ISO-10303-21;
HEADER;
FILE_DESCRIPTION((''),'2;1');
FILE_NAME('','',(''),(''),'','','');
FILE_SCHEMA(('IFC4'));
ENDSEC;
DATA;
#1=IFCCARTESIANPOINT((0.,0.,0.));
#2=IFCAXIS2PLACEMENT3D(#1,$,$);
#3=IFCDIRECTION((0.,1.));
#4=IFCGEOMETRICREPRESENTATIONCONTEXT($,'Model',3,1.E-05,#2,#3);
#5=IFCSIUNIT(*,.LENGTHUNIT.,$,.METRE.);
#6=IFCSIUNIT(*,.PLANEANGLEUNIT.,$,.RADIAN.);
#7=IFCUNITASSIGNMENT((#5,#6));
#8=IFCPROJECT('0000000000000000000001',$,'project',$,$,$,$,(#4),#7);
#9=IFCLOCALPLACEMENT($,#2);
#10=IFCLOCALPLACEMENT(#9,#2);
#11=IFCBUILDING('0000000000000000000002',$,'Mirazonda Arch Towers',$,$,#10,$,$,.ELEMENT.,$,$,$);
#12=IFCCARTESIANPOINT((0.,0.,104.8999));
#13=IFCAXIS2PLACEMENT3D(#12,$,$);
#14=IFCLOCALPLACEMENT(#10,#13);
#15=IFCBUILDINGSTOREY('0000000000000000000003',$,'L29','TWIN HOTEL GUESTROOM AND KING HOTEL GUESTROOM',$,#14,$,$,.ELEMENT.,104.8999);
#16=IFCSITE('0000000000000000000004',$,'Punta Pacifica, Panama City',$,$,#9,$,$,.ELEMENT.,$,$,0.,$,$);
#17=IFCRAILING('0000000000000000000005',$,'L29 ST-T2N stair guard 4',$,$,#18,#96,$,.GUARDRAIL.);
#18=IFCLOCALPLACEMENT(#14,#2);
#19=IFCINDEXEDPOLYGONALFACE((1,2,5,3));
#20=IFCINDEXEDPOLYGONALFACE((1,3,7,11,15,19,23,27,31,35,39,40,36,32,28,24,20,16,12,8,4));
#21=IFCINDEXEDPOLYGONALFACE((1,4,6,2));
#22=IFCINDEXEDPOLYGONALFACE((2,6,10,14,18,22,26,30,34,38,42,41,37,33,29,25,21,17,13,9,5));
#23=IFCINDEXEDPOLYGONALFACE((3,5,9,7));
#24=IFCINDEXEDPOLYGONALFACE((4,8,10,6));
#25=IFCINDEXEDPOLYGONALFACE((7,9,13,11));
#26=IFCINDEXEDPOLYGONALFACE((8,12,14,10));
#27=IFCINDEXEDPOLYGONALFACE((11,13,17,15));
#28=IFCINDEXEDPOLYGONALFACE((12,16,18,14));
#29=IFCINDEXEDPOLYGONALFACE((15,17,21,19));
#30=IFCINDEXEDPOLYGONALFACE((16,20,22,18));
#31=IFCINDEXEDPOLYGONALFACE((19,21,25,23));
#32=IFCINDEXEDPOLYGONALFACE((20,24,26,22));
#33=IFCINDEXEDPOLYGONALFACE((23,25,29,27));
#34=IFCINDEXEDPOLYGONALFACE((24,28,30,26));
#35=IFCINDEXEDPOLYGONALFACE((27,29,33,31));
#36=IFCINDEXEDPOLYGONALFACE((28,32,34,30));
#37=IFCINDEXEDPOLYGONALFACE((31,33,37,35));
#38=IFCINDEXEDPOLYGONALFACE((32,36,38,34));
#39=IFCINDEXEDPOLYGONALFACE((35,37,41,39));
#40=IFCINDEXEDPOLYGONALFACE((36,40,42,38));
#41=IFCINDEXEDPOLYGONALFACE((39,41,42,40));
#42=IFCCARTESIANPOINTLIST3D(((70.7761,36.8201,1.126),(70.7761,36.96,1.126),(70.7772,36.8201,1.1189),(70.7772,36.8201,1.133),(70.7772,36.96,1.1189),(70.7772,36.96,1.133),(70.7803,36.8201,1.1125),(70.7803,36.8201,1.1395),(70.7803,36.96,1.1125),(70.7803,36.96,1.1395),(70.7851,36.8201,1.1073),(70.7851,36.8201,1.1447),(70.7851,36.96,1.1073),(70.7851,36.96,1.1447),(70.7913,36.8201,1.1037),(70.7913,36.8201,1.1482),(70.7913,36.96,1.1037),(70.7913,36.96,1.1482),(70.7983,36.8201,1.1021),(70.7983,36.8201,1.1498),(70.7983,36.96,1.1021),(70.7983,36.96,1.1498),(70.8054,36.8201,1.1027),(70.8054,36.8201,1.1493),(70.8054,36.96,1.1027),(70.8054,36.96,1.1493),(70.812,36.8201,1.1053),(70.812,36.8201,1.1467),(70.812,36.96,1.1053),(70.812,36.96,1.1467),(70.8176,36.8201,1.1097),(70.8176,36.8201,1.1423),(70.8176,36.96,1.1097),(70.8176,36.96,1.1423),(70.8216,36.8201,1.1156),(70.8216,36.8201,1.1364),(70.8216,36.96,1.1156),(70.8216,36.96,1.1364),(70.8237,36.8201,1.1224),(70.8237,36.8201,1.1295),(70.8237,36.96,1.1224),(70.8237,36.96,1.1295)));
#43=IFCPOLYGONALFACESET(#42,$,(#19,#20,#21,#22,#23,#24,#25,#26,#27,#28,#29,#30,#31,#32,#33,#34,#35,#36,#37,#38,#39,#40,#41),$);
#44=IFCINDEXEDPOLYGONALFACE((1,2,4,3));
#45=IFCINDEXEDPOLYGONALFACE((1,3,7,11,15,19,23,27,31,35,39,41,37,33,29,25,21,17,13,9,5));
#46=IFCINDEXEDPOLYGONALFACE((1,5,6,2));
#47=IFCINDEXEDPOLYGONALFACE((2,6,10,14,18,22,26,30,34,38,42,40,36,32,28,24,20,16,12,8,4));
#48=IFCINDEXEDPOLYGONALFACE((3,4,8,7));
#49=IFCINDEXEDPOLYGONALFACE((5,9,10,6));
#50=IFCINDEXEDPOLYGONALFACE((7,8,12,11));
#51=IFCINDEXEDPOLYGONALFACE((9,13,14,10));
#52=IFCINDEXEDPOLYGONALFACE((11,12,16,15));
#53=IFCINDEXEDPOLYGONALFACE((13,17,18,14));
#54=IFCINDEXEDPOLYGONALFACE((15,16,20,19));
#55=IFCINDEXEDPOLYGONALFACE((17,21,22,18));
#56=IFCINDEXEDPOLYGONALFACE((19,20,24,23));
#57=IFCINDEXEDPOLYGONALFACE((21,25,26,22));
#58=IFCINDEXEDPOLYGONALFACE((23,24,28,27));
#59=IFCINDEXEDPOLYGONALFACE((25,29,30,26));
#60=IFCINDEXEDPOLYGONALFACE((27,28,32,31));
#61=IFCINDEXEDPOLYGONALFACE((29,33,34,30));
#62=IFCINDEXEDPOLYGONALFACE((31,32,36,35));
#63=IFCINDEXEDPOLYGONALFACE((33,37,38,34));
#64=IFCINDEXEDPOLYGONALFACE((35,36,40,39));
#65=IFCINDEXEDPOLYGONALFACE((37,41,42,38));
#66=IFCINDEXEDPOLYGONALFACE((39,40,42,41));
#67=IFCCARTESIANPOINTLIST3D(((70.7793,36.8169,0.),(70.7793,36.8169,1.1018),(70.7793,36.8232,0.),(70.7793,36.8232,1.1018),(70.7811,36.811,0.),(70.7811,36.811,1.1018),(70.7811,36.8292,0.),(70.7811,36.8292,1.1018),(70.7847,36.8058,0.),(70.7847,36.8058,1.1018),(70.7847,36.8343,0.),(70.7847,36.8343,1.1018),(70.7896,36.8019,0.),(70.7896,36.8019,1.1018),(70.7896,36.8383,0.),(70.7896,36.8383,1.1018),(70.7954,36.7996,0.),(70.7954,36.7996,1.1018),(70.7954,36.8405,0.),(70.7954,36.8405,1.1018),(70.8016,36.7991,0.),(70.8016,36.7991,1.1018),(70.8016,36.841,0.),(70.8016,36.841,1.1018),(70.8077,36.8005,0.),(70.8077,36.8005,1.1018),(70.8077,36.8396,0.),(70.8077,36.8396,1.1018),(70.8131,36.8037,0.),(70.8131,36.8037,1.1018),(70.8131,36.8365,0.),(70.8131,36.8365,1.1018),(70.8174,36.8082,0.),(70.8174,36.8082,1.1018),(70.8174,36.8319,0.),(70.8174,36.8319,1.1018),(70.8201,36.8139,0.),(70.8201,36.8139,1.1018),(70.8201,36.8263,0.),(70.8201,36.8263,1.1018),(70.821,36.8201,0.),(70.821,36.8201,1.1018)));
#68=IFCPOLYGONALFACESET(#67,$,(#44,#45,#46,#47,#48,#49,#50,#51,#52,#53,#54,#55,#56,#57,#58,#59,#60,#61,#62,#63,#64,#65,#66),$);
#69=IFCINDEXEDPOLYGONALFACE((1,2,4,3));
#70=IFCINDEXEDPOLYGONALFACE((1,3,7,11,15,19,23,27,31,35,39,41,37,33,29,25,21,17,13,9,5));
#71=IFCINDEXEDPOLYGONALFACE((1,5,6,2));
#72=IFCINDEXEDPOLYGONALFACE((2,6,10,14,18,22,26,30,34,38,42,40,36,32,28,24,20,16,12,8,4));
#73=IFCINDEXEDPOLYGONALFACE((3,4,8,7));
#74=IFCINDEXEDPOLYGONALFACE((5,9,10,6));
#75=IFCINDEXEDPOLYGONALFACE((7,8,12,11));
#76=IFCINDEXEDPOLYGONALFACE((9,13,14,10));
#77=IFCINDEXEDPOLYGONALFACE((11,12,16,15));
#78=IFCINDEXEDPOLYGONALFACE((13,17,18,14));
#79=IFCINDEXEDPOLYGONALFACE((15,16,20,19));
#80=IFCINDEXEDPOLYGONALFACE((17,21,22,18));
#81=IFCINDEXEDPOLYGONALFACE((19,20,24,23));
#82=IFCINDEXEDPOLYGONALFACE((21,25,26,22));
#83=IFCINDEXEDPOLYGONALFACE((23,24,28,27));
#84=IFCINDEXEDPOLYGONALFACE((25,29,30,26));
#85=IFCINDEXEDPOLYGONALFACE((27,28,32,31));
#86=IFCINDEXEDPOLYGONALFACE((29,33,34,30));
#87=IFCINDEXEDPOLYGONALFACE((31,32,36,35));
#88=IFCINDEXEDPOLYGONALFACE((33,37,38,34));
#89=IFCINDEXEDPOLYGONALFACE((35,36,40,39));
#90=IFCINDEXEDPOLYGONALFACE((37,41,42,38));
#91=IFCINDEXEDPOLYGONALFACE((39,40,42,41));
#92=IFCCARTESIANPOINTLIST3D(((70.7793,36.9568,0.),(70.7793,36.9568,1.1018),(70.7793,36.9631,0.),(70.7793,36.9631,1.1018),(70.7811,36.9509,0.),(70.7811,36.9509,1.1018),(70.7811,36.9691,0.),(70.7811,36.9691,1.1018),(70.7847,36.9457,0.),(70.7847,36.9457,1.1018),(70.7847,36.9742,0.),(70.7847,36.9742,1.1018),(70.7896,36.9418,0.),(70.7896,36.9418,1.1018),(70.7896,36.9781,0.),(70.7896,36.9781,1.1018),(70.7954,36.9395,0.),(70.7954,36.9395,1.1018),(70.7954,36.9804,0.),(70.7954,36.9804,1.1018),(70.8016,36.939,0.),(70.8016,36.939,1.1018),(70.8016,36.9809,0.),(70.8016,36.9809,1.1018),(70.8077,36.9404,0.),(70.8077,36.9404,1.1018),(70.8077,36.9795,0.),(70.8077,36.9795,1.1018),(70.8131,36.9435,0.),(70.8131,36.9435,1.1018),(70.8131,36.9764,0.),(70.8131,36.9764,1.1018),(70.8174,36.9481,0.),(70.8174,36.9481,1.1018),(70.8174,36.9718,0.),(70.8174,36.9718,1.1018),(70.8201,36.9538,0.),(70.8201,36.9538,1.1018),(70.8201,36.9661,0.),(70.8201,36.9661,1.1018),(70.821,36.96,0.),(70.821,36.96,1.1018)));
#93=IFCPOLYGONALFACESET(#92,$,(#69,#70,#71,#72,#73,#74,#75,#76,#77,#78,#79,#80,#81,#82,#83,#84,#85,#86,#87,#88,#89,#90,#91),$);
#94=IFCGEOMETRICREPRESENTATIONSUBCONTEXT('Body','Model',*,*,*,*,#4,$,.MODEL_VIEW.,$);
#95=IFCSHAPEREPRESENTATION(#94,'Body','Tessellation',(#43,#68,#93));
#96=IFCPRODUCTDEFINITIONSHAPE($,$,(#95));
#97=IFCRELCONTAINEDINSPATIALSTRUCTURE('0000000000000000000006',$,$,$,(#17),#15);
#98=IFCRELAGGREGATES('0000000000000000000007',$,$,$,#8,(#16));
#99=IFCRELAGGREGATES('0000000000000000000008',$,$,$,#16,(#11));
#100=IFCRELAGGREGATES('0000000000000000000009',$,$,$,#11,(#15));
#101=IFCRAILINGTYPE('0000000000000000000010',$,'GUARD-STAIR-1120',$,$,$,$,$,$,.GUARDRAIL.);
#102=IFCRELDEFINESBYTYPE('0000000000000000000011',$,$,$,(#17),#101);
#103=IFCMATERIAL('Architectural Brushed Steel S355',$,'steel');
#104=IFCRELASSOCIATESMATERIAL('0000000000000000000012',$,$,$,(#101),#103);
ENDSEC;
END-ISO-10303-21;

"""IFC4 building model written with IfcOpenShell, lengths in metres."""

from ifc_helpers import new_model, si_unit, direction, frame, origin, origin_2d, place, context, subcontext, project, spatial, circle, extrude, material, type_object, element, save


model = new_model("IFC4")

# Units and contexts
model_context = context("Model", 3, precision=1e-05, world=origin(), true_north=direction((0.0, 1.0)))
body_context = subcontext(model_context, "Body", "Model", "MODEL_VIEW")
ifc_project = project(units=[si_unit("LENGTHUNIT", "METRE"), si_unit("PLANEANGLEUNIT", "RADIAN")], contexts=[model_context])

# Site, building, storey
site_placement = place(None, origin())
site = spatial("IfcSite", under=ifc_project, at=site_placement, Name="Punta Pacifica, Panama City", CompositionType="ELEMENT", RefElevation=0.0)
building_placement = place(site_placement, origin())
building = spatial("IfcBuilding", under=site, at=building_placement, Name="Mirazonda Arch Towers", CompositionType="ELEMENT")
storey_placement = place(building_placement, frame((0.0, 0.0, 104.8999)))
storey = spatial("IfcBuildingStorey", under=building, at=storey_placement, Name="L29", Description="TWIN HOTEL GUESTROOM AND KING HOTEL GUESTROOM", CompositionType="ELEMENT", Elevation=104.8999)

# Railing
ifc_material_1 = material(Name="Architectural Brushed Steel S355", Category="steel")
railing_type = type_object("IfcRailingType", Name="GUARD-STAIR-1120", PredefinedType="GUARDRAIL", material=ifc_material_1)
railing_1_placement = place(storey_placement, frame((70.8, 36.8201, 0.0)))
element("IfcRailing", 1, at=railing_1_placement, inside=storey, type_object=railing_type, Name="L29 ST-T2N stair guard 4", PredefinedType="GUARDRAIL", context=body_context, shape_type="SweptSolid", body=[
    extrude(circle(Radius=0.0239, at=origin_2d()), frame((0.0, 0.0, 1.126), z_axis=(0.0, 1.0, 0.0), x_axis=(-1.0, 0.0, 0.0)), (0.0, 0.0, 1.0), 0.1399),
    extrude(circle(Radius=0.021, at=origin_2d()), origin(), (0.0, 0.0, 1.0), 1.1018),
    extrude(circle(Radius=0.021, at=origin_2d()), frame((0.0, 0.1399, 0.0)), (0.0, 0.0, 1.0), 1.1018),
])

save(model, "model.ifc")
